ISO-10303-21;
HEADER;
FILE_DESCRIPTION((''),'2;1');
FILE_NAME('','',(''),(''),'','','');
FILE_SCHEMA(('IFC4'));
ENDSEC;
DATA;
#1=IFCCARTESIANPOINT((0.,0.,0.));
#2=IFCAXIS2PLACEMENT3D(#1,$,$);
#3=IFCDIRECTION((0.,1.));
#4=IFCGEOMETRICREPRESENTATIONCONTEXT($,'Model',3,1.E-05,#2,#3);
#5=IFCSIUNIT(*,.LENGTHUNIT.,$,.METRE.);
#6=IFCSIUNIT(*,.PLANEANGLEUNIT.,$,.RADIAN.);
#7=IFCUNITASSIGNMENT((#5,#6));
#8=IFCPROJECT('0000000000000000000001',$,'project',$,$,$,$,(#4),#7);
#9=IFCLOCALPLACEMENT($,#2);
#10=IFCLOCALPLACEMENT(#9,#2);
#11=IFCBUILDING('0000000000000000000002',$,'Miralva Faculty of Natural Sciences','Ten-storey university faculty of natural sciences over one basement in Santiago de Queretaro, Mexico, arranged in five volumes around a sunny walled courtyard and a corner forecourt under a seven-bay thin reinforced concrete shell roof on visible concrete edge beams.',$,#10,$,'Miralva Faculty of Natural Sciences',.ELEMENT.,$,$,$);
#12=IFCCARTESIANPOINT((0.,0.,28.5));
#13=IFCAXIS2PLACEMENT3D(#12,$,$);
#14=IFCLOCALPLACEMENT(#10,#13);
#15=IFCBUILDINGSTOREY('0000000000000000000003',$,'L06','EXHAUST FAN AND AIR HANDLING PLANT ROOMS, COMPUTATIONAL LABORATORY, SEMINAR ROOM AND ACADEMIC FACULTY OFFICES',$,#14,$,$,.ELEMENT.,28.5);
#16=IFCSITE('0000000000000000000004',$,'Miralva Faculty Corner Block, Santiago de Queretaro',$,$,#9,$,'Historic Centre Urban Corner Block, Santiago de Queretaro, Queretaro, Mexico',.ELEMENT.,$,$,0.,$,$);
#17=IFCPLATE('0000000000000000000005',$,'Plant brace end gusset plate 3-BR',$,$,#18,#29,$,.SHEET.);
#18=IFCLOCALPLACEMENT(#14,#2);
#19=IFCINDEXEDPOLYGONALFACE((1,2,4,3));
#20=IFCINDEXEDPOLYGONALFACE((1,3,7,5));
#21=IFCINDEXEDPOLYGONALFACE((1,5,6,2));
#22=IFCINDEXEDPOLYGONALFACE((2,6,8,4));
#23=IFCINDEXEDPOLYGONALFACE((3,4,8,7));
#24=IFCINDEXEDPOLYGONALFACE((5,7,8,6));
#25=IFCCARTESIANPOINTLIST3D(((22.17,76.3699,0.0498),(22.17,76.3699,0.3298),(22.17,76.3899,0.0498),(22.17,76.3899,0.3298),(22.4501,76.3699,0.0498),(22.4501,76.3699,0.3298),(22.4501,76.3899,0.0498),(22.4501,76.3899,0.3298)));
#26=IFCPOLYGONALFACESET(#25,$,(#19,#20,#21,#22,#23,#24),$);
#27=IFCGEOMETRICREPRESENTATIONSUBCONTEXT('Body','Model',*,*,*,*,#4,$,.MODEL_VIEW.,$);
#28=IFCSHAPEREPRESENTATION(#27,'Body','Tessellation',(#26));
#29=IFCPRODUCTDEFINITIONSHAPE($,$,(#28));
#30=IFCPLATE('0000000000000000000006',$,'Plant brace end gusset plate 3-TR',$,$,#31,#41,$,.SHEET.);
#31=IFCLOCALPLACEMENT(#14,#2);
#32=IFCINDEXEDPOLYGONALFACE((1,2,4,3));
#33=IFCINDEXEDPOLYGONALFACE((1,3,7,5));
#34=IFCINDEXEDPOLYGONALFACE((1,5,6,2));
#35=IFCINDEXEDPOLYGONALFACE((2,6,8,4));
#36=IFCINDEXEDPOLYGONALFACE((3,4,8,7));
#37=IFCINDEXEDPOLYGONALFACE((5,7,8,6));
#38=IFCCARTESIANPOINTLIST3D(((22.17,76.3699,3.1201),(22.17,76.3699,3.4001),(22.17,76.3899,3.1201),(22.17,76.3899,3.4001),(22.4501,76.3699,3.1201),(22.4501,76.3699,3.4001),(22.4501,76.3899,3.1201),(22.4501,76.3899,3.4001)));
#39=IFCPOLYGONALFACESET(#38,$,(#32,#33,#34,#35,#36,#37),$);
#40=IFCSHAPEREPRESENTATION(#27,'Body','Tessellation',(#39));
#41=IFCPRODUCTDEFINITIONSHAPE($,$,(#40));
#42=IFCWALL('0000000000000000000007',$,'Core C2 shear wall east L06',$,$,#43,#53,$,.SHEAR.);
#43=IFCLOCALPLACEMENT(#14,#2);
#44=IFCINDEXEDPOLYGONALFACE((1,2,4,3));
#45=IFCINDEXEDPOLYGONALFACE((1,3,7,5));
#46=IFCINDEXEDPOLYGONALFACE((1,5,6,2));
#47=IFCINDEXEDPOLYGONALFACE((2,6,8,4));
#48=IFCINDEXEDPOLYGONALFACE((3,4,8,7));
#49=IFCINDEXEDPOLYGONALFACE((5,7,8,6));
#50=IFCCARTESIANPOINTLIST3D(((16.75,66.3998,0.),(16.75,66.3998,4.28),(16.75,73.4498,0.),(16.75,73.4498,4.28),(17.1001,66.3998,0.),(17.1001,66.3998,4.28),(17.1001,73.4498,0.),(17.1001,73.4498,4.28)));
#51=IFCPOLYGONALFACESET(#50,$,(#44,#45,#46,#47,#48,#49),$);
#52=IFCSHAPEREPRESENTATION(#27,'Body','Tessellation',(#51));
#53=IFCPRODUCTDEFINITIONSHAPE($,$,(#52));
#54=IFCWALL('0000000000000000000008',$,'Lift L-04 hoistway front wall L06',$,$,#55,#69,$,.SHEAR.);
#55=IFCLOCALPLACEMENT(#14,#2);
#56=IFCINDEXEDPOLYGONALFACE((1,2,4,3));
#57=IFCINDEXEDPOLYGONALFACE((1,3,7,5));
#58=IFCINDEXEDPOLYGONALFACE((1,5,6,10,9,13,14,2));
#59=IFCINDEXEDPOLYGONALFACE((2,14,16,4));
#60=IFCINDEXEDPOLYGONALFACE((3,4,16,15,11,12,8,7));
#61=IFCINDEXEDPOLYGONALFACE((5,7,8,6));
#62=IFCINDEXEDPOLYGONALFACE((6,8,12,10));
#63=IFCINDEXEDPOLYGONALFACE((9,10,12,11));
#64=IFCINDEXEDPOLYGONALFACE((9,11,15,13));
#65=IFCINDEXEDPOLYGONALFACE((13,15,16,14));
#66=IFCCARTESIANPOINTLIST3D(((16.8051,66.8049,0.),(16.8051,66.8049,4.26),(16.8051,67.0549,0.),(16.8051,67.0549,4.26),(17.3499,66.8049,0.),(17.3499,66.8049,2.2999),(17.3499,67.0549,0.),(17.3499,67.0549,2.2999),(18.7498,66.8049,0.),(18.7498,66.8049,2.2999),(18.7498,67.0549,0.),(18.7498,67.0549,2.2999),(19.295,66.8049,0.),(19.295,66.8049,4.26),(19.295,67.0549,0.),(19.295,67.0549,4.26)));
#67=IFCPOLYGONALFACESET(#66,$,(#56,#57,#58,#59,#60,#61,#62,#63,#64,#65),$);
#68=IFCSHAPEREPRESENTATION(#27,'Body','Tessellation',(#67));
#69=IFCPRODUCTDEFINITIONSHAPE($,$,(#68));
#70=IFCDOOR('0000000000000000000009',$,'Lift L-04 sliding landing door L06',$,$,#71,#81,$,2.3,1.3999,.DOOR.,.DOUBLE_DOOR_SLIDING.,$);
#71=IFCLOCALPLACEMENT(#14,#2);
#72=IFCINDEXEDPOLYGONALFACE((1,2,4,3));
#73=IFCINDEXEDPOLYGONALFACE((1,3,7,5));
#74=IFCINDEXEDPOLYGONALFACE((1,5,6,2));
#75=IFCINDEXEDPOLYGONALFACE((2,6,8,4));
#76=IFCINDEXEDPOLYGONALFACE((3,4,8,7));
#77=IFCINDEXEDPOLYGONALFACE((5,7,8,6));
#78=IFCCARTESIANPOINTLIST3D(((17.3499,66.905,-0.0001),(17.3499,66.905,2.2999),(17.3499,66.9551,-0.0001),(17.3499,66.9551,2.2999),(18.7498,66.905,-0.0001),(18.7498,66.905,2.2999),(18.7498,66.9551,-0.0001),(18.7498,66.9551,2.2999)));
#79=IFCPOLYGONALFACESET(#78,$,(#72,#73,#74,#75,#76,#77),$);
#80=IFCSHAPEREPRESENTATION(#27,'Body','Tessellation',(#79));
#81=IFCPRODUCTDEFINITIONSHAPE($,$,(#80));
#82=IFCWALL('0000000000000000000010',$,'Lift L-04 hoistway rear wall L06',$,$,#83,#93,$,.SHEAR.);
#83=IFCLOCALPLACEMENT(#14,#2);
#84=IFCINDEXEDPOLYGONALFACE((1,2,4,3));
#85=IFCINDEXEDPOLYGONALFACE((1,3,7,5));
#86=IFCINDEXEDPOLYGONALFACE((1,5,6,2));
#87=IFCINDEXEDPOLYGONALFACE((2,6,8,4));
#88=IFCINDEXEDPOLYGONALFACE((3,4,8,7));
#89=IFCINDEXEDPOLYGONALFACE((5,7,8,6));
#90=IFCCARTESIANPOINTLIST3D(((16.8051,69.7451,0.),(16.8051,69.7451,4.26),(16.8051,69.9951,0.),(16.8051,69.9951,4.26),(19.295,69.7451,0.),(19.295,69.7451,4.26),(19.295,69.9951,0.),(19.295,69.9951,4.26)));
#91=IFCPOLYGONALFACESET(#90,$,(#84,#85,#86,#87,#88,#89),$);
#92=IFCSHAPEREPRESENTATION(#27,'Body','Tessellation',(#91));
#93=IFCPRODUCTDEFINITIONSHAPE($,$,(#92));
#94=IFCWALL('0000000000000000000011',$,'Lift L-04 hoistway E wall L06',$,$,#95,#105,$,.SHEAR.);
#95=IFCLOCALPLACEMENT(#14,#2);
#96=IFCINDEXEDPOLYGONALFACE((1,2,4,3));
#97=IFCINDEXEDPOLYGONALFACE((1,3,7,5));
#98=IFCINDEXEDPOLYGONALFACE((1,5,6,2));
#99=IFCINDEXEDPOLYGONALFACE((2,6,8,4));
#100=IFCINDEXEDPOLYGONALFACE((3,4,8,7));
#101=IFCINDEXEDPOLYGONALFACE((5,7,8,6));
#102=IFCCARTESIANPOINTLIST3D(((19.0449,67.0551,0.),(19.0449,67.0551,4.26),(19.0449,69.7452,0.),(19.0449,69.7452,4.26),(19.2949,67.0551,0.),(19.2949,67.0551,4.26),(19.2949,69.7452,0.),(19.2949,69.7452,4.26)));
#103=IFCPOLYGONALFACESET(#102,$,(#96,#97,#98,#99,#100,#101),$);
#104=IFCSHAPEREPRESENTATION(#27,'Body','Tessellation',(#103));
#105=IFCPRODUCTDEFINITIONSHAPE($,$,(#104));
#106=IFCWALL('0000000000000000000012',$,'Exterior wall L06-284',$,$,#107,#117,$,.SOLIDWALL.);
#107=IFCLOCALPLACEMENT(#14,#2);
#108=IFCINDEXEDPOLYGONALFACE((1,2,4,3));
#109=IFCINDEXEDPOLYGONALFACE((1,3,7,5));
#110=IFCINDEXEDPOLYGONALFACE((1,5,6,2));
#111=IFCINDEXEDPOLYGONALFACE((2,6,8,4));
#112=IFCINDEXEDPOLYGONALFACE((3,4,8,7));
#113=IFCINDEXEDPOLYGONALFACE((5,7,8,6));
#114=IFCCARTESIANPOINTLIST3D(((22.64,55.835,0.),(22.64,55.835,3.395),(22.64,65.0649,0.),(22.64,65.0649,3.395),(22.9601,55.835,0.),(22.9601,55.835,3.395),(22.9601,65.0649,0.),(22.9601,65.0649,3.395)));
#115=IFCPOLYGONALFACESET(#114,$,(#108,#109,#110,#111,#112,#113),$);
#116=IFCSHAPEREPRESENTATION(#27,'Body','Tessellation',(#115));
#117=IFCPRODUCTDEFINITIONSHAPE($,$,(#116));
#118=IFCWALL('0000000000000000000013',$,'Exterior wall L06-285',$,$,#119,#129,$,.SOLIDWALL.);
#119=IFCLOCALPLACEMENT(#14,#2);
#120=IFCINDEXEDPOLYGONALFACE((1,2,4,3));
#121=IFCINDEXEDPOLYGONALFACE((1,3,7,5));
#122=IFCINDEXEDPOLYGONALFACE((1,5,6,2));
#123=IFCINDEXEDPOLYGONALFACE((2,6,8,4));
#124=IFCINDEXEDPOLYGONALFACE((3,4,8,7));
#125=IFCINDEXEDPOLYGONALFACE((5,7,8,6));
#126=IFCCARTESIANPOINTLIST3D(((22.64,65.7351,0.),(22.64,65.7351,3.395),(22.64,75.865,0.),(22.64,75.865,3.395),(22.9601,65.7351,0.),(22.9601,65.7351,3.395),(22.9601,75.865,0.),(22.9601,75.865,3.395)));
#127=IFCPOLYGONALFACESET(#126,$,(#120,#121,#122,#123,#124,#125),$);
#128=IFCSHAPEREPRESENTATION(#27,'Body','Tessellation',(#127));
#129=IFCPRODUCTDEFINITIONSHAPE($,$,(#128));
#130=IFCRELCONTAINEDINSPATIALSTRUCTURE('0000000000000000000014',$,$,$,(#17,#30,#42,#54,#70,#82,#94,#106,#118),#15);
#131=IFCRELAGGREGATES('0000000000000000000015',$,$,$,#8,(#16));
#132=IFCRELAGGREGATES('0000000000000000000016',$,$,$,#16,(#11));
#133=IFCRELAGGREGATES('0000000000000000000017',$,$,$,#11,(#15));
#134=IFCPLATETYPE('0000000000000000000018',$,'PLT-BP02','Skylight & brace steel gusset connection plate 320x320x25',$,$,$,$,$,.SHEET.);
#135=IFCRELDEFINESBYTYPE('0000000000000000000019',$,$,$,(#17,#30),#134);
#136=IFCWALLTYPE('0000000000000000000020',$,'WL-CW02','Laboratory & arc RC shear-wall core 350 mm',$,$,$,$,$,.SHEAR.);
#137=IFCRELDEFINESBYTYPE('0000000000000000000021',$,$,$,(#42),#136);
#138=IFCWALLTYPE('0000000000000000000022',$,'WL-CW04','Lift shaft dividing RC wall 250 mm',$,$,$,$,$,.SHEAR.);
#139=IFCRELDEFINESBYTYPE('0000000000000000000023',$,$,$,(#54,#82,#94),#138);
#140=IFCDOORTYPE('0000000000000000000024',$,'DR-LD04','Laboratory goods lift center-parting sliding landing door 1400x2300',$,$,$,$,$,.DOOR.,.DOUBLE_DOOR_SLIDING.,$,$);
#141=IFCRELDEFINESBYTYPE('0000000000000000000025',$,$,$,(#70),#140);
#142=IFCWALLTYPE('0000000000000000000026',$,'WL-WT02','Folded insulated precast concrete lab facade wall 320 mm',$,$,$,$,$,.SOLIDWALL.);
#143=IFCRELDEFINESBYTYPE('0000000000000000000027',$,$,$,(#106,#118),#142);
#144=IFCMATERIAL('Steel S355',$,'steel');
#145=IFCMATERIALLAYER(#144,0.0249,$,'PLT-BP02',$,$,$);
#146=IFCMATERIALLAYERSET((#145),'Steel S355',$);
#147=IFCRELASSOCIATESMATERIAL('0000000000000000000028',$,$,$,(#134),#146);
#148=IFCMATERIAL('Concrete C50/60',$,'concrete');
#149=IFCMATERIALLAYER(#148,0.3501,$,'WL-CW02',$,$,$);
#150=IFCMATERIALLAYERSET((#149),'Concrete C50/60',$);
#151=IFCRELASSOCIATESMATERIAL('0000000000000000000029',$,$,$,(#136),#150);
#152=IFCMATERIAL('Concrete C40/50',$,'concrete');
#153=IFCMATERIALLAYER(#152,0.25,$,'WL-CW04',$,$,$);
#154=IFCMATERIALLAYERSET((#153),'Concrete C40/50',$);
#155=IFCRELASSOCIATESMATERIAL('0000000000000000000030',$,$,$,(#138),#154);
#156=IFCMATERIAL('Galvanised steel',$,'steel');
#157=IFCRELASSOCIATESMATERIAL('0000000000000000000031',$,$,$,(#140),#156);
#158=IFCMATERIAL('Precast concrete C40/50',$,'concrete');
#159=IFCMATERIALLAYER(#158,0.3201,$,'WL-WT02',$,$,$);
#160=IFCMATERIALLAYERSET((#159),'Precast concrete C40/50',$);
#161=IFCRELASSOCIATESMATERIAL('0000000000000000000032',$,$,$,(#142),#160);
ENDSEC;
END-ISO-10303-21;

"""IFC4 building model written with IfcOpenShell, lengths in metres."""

from ifc_helpers import new_model, si_unit, direction, frame, frame_2d, origin, origin_2d, place, context, subcontext, project, spatial, rectangle, extrude, material, layer, layer_set, type_object, element, fill, save


model = new_model("IFC4")

# Units and contexts
model_context = context("Model", 3, precision=1e-05, world=origin(), true_north=direction((0.0, 1.0)))
body_context = subcontext(model_context, "Body", "Model", "MODEL_VIEW")
ifc_project = project(units=[si_unit("LENGTHUNIT", "METRE"), si_unit("PLANEANGLEUNIT", "RADIAN")], contexts=[model_context])

# Site, building, storey
site_placement = place(None, origin())
site = spatial("IfcSite", under=ifc_project, at=site_placement, Name="Miralva Faculty Corner Block, Santiago de Queretaro", LongName="Historic Centre Urban Corner Block, Santiago de Queretaro, Queretaro, Mexico", CompositionType="ELEMENT", RefElevation=0.0)
building_placement = place(site_placement, origin())
building = spatial("IfcBuilding", under=site, at=building_placement, Name="Miralva Faculty of Natural Sciences", Description="Ten-storey university faculty of natural sciences over one basement in Santiago de Queretaro, Mexico, arranged in five volumes around a sunny walled courtyard and a corner forecourt under a seven-bay thin reinforced concrete shell roof on visible concrete edge beams.", LongName="Miralva Faculty of Natural Sciences", CompositionType="ELEMENT")
storey_placement = place(building_placement, frame((0.0, 0.0, 28.5)))
storey = spatial("IfcBuildingStorey", under=building, at=storey_placement, Name="L06", Description="EXHAUST FAN AND AIR HANDLING PLANT ROOMS, COMPUTATIONAL LABORATORY, SEMINAR ROOM AND ACADEMIC FACULTY OFFICES", CompositionType="ELEMENT", Elevation=28.5)

# Shared definitions
ifc_material_1 = material(Name="Concrete C40/50", Category="concrete")

# Shared definitions
ifc_material_2 = material(Name="Steel S355", Category="steel")

# Plates
ifc_layer_1 = layer(ifc_material_2, 0.0249, Name="PLT-BP02")
ifc_layer_set_1 = layer_set([ifc_layer_1], Name="Steel S355")
plate_type = type_object("IfcPlateType", Name="PLT-BP02", Description="Skylight & brace steel gusset connection plate 320x320x25", PredefinedType="SHEET", material=ifc_layer_set_1)
for number, where, z_axis, x_axis, name in (
    (1, (22.3101, 76.3799, 0.0498), (0.0, 0.0, 1.0), (1.0, 0.0, 0.0), "Plant brace end gusset plate 3-BR"),
    (2, (22.3101, 76.3799, 3.1201), (0.0, 0.0, 1.0), (1.0, 0.0, 0.0), "Plant brace end gusset plate 3-TR"),
):
    element("IfcPlate", number, at=place(storey_placement, frame(where, z_axis=z_axis, x_axis=x_axis)), inside=storey, type_object=plate_type, Name=name, PredefinedType="SHEET", context=body_context, shape_type="SweptSolid", body=[
        extrude(rectangle(XDim=0.28, YDim=0.02, at=origin_2d()), origin(), (0.0, 0.0, 1.0), 0.28),
    ])

# Wall
ifc_material_3 = material(Name="Concrete C50/60", Category="concrete")
ifc_layer_2 = layer(ifc_material_3, 0.3501, Name="WL-CW02")
ifc_layer_set_2 = layer_set([ifc_layer_2], Name="Concrete C50/60")
wall_type_1 = type_object("IfcWallType", Name="WL-CW02", Description="Laboratory & arc RC shear-wall core 350 mm", PredefinedType="SHEAR", material=ifc_layer_set_2)
wall_1_placement = place(storey_placement, frame((16.925, 66.3999, 0.0), z_axis=(0.0, 0.0, 1.0), x_axis=(0.0, 1.0, 0.0)))
element("IfcWall", 3, at=wall_1_placement, inside=storey, type_object=wall_type_1, Name="Core C2 shear wall east L06", PredefinedType="SHEAR", context=body_context, shape_type="SweptSolid", body=[
    extrude(rectangle(XDim=7.05, YDim=0.3501, at=frame_2d((3.5249, 0.0))), origin(), (0.0, 0.0, 1.0), 4.28),
])

# Wall, opening, door
ifc_layer_3 = layer(ifc_material_1, 0.25, Name="WL-CW04")
ifc_layer_set_3 = layer_set([ifc_layer_3], Name="Concrete C40/50")
wall_type_2 = type_object("IfcWallType", Name="WL-CW04", Description="Lift shaft dividing RC wall 250 mm", PredefinedType="SHEAR", material=ifc_layer_set_3)
wall_2_placement = place(storey_placement, frame((16.8049, 66.9299, 0.0), z_axis=(0.0, 0.0, 1.0), x_axis=(1.0, 0.0, 0.0)))
wall_2 = element("IfcWall", 4, at=wall_2_placement, inside=storey, type_object=wall_type_2, Name="Lift L-04 hoistway front wall L06", PredefinedType="SHEAR", context=body_context, shape_type="SweptSolid", body=[
    extrude(rectangle(XDim=2.49, YDim=0.25, at=frame_2d((1.2451, 0.0))), origin(), (0.0, 0.0, 1.0), 4.26),
])
opening_placement = place(wall_2_placement, frame((0.5449, 0.0, 0.0)))
opening = element("IfcOpeningElement", 5, at=opening_placement, cuts=wall_2, PredefinedType="OPENING", context=body_context, shape_type="SweptSolid", body=[
    extrude(rectangle(XDim=1.3999, YDim=2.3, at=frame_2d((0.7, 1.1499))), frame((0.0, 0.135, 0.0), z_axis=(0.0, -1.0, 0.0), x_axis=(1.0, 0.0, 0.0)), (0.0, 0.0, 1.0), 0.27),
])
ifc_material_4 = material(Name="Galvanised steel", Category="steel")
door_type = type_object("IfcDoorType", Name="DR-LD04", Description="Laboratory goods lift center-parting sliding landing door 1400x2300", OperationType="DOUBLE_DOOR_SLIDING", PredefinedType="DOOR", material=ifc_material_4)
door_placement = place(opening_placement, frame((1.3999, 0.0, 0.0), z_axis=(0.0, 0.0, 1.0), x_axis=(-1.0, 0.0, 0.0)))
door = element("IfcDoor", 6, at=door_placement, inside=storey, type_object=door_type, Name="Lift L-04 sliding landing door L06", OperationType="DOUBLE_DOOR_SLIDING", OverallHeight=2.3, OverallWidth=1.3999, PredefinedType="DOOR", context=body_context, shape_type="SweptSolid", body=[
    extrude(rectangle(XDim=1.3999, YDim=2.3, at=frame_2d((0.7, 1.1499))), frame((0.0, 0.0249, 0.0), z_axis=(0.0, -1.0, 0.0), x_axis=(1.0, 0.0, 0.0)), (0.0, 0.0, 1.0), 0.05),
])
fill(opening, door)

# Walls
wall_3_placement = place(storey_placement, frame((16.8049, 69.8701, 0.0), z_axis=(0.0, 0.0, 1.0), x_axis=(1.0, 0.0, 0.0)))
element("IfcWall", 7, at=wall_3_placement, inside=storey, type_object=wall_type_2, Name="Lift L-04 hoistway rear wall L06", PredefinedType="SHEAR", context=body_context, shape_type="SweptSolid", body=[
    extrude(rectangle(XDim=2.49, YDim=0.25, at=frame_2d((1.2451, 0.0))), origin(), (0.0, 0.0, 1.0), 4.26),
])
wall_4_placement = place(storey_placement, frame((19.1699, 67.0549, 0.0), z_axis=(0.0, 0.0, 1.0), x_axis=(0.0, 1.0, 0.0)))
element("IfcWall", 8, at=wall_4_placement, inside=storey, type_object=wall_type_2, Name="Lift L-04 hoistway E wall L06", PredefinedType="SHEAR", context=body_context, shape_type="SweptSolid", body=[
    extrude(rectangle(XDim=2.6902, YDim=0.25, at=frame_2d((1.3452, 0.0))), origin(), (0.0, 0.0, 1.0), 4.26),
])
ifc_material_5 = material(Name="Precast concrete C40/50", Category="concrete")
ifc_layer_4 = layer(ifc_material_5, 0.3201, Name="WL-WT02")
ifc_layer_set_4 = layer_set([ifc_layer_4], Name="Precast concrete C40/50")
wall_type_3 = type_object("IfcWallType", Name="WL-WT02", Description="Folded insulated precast concrete lab facade wall 320 mm", PredefinedType="SOLIDWALL", material=ifc_layer_set_4)
wall_5_placement = place(storey_placement, frame((22.8, 55.835, 0.0), z_axis=(0.0, 0.0, 1.0), x_axis=(0.0, 1.0, 0.0)))
element("IfcWall", 9, at=wall_5_placement, inside=storey, type_object=wall_type_3, Name="Exterior wall L06-284", PredefinedType="SOLIDWALL", context=body_context, shape_type="SweptSolid", body=[
    extrude(rectangle(XDim=9.23, YDim=0.3201, at=frame_2d((4.615, 0.0))), origin(), (0.0, 0.0, 1.0), 3.395),
])
wall_6_placement = place(storey_placement, frame((22.8, 65.7351, 0.0), z_axis=(0.0, 0.0, 1.0), x_axis=(0.0, 1.0, 0.0)))
element("IfcWall", 10, at=wall_6_placement, inside=storey, type_object=wall_type_3, Name="Exterior wall L06-285", PredefinedType="SOLIDWALL", context=body_context, shape_type="SweptSolid", body=[
    extrude(rectangle(XDim=10.1299, YDim=0.3201, at=frame_2d((5.0649, 0.0))), origin(), (0.0, 0.0, 1.0), 3.395),
])

save(model, "model.ifc")
